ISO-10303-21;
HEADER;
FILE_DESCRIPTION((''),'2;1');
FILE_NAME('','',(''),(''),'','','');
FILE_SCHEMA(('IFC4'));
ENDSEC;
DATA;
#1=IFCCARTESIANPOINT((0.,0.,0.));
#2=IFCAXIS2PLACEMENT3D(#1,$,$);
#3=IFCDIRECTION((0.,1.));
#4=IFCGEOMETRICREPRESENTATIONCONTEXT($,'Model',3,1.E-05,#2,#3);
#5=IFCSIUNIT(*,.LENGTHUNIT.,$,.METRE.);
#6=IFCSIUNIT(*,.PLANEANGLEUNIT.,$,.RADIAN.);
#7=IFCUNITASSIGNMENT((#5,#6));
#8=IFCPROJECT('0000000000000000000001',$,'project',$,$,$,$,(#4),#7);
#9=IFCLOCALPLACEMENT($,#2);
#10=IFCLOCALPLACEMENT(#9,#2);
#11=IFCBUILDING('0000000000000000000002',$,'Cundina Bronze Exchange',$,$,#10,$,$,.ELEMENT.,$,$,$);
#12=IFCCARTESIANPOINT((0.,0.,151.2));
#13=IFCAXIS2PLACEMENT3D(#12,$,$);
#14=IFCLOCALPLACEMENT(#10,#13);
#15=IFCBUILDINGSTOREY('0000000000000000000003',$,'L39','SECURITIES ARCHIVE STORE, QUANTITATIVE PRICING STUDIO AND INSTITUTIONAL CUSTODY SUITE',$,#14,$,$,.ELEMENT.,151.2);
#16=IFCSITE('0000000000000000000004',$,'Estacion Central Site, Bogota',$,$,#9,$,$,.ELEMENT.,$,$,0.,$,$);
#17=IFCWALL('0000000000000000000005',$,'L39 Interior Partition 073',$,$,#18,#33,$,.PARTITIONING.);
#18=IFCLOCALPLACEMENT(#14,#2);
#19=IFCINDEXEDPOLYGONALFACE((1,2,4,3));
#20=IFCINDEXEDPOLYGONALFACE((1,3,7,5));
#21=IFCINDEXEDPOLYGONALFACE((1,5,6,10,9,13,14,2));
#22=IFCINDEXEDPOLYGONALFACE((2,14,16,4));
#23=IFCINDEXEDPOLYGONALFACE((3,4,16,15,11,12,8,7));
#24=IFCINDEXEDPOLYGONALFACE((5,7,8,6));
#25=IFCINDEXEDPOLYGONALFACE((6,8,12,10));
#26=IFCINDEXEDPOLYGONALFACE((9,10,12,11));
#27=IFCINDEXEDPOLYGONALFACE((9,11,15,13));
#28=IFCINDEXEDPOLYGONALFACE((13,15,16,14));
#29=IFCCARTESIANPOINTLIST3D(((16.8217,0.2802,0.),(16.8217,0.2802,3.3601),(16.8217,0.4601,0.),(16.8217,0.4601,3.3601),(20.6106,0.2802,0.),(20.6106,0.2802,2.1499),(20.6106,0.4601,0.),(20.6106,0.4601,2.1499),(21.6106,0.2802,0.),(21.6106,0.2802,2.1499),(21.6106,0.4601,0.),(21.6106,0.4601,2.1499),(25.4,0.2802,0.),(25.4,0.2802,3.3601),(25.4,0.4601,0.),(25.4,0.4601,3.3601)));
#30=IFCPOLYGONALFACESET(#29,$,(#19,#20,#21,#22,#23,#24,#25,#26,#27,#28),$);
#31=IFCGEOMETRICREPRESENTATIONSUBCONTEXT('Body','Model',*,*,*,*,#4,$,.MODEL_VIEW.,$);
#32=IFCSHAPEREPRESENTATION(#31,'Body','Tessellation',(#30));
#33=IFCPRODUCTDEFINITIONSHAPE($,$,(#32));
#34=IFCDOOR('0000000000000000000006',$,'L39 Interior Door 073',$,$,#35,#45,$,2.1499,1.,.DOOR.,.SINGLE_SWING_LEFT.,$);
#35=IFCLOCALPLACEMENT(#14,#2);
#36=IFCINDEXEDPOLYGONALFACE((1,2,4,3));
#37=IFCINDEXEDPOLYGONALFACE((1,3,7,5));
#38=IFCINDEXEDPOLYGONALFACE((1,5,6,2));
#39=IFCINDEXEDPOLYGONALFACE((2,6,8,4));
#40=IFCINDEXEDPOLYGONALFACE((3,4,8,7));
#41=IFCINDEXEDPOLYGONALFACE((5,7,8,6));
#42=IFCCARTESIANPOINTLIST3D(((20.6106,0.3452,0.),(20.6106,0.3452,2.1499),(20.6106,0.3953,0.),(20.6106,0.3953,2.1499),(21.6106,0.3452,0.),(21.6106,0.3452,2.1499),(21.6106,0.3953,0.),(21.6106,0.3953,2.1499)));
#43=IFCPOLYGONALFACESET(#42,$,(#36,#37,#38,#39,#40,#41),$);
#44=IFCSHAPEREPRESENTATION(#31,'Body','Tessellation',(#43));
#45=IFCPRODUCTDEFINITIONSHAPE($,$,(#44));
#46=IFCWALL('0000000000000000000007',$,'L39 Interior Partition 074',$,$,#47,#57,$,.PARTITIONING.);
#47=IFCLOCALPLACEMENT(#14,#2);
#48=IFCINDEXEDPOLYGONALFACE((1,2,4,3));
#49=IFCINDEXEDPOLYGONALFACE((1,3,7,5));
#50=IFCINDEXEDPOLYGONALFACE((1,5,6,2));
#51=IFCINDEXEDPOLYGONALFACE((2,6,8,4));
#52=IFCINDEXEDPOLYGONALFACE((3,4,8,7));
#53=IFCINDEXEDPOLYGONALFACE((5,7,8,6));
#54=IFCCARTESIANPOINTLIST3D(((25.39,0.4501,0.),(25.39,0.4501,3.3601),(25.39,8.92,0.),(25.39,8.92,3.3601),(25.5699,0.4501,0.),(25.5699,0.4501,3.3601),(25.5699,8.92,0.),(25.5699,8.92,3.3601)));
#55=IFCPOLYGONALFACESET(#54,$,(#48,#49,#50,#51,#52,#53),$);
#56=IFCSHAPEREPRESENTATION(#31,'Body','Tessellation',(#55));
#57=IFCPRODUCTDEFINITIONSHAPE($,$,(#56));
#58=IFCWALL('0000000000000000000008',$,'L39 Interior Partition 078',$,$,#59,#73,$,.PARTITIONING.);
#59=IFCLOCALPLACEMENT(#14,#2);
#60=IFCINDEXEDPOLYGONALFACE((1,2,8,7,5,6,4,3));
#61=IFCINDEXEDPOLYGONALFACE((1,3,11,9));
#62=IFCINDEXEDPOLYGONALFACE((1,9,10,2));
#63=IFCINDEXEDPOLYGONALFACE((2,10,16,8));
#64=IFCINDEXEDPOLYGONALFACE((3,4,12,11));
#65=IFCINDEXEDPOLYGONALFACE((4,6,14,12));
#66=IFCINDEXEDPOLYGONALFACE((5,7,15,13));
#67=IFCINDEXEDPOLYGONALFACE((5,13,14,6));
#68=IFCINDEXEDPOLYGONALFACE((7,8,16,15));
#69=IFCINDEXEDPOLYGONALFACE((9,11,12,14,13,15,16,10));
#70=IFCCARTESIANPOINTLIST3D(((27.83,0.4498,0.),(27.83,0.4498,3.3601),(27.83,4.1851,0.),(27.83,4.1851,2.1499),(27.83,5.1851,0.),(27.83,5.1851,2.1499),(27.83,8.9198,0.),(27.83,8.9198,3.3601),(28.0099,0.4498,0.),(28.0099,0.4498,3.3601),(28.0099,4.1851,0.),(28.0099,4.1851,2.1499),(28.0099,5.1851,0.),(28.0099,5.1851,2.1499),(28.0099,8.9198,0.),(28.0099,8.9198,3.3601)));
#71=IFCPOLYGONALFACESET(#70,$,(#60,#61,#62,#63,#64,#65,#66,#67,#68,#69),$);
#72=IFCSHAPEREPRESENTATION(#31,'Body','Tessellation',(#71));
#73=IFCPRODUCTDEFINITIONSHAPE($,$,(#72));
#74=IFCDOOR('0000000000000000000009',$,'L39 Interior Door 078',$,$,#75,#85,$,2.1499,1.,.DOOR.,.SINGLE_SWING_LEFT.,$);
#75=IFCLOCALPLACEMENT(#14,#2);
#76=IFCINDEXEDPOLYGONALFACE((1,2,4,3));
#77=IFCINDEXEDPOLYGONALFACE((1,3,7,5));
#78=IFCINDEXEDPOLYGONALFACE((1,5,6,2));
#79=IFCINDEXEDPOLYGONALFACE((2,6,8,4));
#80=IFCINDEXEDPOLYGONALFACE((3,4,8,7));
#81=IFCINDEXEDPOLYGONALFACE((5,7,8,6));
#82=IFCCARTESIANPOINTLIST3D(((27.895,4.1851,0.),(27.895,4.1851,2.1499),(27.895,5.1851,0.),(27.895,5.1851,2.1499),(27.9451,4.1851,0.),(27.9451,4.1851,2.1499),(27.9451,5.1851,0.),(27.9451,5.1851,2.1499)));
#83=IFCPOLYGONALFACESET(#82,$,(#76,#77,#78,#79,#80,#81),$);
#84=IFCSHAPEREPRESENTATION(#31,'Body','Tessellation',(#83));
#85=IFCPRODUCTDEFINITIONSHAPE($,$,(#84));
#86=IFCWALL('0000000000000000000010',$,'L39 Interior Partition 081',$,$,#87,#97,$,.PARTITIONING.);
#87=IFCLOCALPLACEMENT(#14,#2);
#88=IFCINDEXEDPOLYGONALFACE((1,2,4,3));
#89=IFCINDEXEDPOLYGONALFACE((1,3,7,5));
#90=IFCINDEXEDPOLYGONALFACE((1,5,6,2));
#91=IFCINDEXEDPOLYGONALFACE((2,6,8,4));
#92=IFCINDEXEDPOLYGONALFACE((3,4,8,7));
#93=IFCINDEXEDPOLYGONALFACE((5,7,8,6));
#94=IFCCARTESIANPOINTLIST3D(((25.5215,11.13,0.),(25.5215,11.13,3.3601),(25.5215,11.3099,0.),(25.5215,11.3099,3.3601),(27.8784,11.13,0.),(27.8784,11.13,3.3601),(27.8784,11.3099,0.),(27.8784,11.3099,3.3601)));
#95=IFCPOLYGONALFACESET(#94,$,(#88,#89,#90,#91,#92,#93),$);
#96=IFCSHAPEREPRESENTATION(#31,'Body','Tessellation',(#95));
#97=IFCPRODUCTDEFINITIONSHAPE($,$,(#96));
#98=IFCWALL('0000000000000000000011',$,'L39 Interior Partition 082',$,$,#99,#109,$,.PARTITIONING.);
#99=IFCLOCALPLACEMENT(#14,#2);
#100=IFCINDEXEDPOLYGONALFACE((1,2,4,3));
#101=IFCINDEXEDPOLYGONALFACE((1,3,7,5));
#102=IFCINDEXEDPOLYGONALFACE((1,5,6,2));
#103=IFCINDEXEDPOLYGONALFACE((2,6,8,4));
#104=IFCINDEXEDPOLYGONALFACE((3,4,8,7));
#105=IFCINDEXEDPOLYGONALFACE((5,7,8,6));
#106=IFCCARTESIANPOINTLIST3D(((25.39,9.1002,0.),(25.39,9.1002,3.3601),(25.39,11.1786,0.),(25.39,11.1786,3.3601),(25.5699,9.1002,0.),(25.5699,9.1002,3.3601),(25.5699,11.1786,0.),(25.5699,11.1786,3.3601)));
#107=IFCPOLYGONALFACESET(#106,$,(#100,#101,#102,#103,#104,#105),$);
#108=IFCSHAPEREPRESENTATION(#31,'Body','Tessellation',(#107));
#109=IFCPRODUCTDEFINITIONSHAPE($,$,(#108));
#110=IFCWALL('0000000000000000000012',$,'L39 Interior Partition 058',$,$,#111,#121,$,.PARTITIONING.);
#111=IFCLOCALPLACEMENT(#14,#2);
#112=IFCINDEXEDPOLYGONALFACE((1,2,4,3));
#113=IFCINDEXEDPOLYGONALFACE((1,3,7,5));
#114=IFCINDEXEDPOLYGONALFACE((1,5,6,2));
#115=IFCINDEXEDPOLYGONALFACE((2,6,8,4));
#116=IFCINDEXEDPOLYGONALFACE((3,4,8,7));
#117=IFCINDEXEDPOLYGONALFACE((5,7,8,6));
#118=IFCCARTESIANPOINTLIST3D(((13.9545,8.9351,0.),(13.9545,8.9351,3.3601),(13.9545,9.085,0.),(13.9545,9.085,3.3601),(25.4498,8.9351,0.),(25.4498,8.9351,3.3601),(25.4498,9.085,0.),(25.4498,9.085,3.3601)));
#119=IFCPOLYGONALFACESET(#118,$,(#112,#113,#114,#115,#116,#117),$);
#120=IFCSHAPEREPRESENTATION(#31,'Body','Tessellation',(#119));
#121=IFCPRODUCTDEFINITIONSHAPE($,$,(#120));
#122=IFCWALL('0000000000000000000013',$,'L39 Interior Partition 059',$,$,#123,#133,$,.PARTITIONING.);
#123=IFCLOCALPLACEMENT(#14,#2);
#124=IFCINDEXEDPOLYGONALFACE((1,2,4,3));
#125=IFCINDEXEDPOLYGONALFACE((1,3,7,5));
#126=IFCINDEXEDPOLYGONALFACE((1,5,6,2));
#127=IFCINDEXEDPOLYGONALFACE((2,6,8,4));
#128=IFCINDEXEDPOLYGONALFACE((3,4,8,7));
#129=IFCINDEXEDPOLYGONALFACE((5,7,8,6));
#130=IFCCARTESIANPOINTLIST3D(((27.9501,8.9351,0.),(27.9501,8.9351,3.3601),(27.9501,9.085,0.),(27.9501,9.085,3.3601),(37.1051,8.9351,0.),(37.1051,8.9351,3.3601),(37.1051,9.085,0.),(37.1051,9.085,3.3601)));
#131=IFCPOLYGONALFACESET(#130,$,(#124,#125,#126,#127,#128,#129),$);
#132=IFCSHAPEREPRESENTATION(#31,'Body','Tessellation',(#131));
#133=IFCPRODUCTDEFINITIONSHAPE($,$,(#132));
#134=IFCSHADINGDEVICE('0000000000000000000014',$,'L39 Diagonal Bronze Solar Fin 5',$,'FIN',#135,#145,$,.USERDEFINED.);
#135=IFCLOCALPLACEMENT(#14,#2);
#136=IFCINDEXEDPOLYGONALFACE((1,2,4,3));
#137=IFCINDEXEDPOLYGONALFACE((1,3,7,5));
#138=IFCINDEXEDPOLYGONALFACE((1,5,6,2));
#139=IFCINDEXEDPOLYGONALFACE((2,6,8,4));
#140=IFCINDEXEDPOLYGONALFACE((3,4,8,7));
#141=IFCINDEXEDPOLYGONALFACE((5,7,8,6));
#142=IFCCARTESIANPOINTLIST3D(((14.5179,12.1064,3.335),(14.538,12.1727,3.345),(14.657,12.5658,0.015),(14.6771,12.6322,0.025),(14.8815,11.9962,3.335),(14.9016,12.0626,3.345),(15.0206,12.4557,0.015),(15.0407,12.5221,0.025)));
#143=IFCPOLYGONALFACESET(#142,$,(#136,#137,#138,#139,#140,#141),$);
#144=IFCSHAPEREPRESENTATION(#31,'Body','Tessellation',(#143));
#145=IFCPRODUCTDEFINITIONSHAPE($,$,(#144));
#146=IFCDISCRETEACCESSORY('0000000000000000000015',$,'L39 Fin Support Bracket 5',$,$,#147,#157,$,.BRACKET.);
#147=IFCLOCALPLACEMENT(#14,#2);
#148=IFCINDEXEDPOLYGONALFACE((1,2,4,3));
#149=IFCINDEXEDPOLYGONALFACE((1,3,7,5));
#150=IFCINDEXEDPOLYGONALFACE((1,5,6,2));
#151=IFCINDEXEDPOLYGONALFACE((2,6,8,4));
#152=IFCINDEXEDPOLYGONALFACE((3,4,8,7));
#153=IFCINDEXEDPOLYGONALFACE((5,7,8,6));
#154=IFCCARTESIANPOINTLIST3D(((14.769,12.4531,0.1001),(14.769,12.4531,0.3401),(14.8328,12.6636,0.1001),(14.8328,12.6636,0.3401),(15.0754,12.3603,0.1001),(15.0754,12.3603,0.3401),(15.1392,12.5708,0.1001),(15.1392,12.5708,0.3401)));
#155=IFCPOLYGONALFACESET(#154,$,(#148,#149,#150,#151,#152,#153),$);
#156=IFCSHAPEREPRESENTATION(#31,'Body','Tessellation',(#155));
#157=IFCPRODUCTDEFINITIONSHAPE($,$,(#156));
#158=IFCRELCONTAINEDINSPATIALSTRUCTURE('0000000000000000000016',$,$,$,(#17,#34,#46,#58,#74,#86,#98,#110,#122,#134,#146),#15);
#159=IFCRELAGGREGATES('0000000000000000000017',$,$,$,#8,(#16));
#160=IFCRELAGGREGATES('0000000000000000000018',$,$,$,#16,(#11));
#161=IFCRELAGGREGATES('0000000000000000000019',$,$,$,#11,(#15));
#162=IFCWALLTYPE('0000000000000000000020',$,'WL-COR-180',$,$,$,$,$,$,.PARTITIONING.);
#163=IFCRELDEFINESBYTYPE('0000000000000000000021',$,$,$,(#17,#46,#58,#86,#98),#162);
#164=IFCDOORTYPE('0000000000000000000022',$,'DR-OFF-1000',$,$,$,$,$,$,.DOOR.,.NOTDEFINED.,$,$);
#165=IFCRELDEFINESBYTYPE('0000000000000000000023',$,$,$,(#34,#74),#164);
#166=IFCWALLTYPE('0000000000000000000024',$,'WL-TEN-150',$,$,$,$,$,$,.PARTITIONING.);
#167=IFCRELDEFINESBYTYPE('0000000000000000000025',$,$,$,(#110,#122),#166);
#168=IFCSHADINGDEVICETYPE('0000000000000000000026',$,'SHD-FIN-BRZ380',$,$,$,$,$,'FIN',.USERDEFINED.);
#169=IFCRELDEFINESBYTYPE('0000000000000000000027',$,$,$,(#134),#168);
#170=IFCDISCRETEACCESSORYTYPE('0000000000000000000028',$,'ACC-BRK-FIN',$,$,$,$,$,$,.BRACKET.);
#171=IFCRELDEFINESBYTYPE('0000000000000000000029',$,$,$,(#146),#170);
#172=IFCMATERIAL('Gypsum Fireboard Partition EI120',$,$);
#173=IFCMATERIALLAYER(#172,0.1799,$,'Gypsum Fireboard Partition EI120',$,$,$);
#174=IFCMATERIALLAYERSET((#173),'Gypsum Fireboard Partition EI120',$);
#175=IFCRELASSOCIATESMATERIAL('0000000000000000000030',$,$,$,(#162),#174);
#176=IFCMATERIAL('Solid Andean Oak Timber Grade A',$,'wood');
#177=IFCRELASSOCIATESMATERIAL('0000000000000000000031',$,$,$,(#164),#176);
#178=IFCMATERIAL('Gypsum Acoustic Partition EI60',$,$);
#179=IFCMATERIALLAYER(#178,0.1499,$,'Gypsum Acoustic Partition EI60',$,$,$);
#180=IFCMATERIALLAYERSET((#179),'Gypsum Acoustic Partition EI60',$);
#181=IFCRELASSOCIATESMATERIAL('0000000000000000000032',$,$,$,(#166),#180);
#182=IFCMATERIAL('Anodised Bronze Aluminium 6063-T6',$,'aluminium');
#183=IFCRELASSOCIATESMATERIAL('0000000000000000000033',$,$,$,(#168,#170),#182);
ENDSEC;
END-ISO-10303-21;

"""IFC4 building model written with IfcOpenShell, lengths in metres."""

from ifc_helpers import new_model, si_unit, direction, frame, frame_2d, origin, origin_2d, place, context, subcontext, project, spatial, rectangle, extrude, material, layer, layer_set, material_profile, profile_set, type_object, element, fill, save


model = new_model("IFC4")

# Units and contexts
model_context = context("Model", 3, precision=1e-05, world=origin(), true_north=direction((0.0, 1.0)))
body_context = subcontext(model_context, "Body", "Model", "MODEL_VIEW")
ifc_project = project(units=[si_unit("LENGTHUNIT", "METRE"), si_unit("PLANEANGLEUNIT", "RADIAN")], contexts=[model_context])

# Site, building, storey
site_placement = place(None, origin())
site = spatial("IfcSite", under=ifc_project, at=site_placement, Name="Estacion Central Site, Bogota", CompositionType="ELEMENT", RefElevation=0.0)
building_placement = place(site_placement, origin())
building = spatial("IfcBuilding", under=site, at=building_placement, Name="Cundina Bronze Exchange", CompositionType="ELEMENT")
storey_placement = place(building_placement, frame((0.0, 0.0, 151.2)))
storey = spatial("IfcBuildingStorey", under=building, at=storey_placement, Name="L39", Description="SECURITIES ARCHIVE STORE, QUANTITATIVE PRICING STUDIO AND INSTITUTIONAL CUSTODY SUITE", CompositionType="ELEMENT", Elevation=151.2)

# Shared definitions
ifc_material_1 = material(Name="Anodised Bronze Aluminium 6063-T6", Category="aluminium")

# Wall, opening, door
ifc_material_2 = material(Name="Gypsum Fireboard Partition EI120")
ifc_layer_1 = layer(ifc_material_2, 0.1799, Name="Gypsum Fireboard Partition EI120")
ifc_layer_set_1 = layer_set([ifc_layer_1], Name="Gypsum Fireboard Partition EI120")
wall_type_1 = type_object("IfcWallType", Name="WL-COR-180", PredefinedType="PARTITIONING", material=ifc_layer_set_1)
wall_1_placement = place(storey_placement, frame((25.3999, 0.3701, 0.0), z_axis=(0.0, 0.0, 1.0), x_axis=(-1.0, 0.0, 0.0)))
wall_1 = element("IfcWall", 1, at=wall_1_placement, inside=storey, type_object=wall_type_1, Name="L39 Interior Partition 073", PredefinedType="PARTITIONING", context=body_context, shape_type="SweptSolid", body=[
    extrude(rectangle(XDim=8.5784, YDim=0.1799, at=frame_2d((4.2891, 0.0))), origin(), (0.0, 0.0, 1.0), 3.3601),
])
opening_1_placement = place(wall_1_placement, frame((3.7893, 0.0, 0.0)))
opening_1 = element("IfcOpeningElement", 2, at=opening_1_placement, cuts=wall_1, PredefinedType="OPENING", context=body_context, shape_type="SweptSolid", body=[
    extrude(rectangle(XDim=1.0, YDim=2.1499, at=frame_2d((0.5, 1.075))), frame((0.0, 0.0999, 0.0), z_axis=(0.0, -1.0, 0.0), x_axis=(1.0, 0.0, 0.0)), (0.0, 0.0, 1.0), 0.2),
])
ifc_material_3 = material(Name="Solid Andean Oak Timber Grade A", Category="wood")
door_type = type_object("IfcDoorType", Name="DR-OFF-1000", OperationType="NOTDEFINED", PredefinedType="DOOR", material=ifc_material_3)
door_1_placement = place(opening_1_placement, origin())
door_1 = element("IfcDoor", 3, at=door_1_placement, inside=storey, type_object=door_type, Name="L39 Interior Door 073", OperationType="SINGLE_SWING_LEFT", OverallHeight=2.1499, OverallWidth=1.0, PredefinedType="DOOR", context=body_context, shape_type="SweptSolid", body=[
    extrude(rectangle(XDim=1.0, YDim=2.1499, at=frame_2d((0.5, 1.075))), frame((0.0, 0.0249, 0.0), z_axis=(0.0, -1.0, 0.0), x_axis=(1.0, 0.0, 0.0)), (0.0, 0.0, 1.0), 0.05),
])
fill(opening_1, door_1)

# Wall
wall_2_placement = place(storey_placement, frame((25.48, 8.9199, 0.0), z_axis=(0.0, 0.0, 1.0), x_axis=(0.0, -1.0, 0.0)))
element("IfcWall", 4, at=wall_2_placement, inside=storey, type_object=wall_type_1, Name="L39 Interior Partition 074", PredefinedType="PARTITIONING", context=body_context, shape_type="SweptSolid", body=[
    extrude(rectangle(XDim=8.47, YDim=0.1799, at=frame_2d((4.2349, 0.0))), origin(), (0.0, 0.0, 1.0), 3.3601),
])

# Wall, opening, door
wall_3_placement = place(storey_placement, frame((27.9199, 0.45, 0.0), z_axis=(0.0, 0.0, 1.0), x_axis=(0.0, 1.0, 0.0)))
wall_3 = element("IfcWall", 5, at=wall_3_placement, inside=storey, type_object=wall_type_1, Name="L39 Interior Partition 078", PredefinedType="PARTITIONING", context=body_context, shape_type="SweptSolid", body=[
    extrude(rectangle(XDim=8.47, YDim=0.1799, at=frame_2d((4.2349, 0.0))), origin(), (0.0, 0.0, 1.0), 3.3601),
])
opening_2_placement = place(wall_3_placement, frame((3.7351, 0.0, 0.0)))
opening_2 = element("IfcOpeningElement", 6, at=opening_2_placement, cuts=wall_3, PredefinedType="OPENING", context=body_context, shape_type="SweptSolid", body=[
    extrude(rectangle(XDim=1.0, YDim=2.1499, at=frame_2d((0.5, 1.075))), frame((0.0, 0.0999, 0.0), z_axis=(0.0, -1.0, 0.0), x_axis=(1.0, 0.0, 0.0)), (0.0, 0.0, 1.0), 0.2),
])
door_2_placement = place(opening_2_placement, origin())
door_2 = element("IfcDoor", 7, at=door_2_placement, inside=storey, type_object=door_type, Name="L39 Interior Door 078", OperationType="SINGLE_SWING_LEFT", OverallHeight=2.1499, OverallWidth=1.0, PredefinedType="DOOR", context=body_context, shape_type="SweptSolid", body=[
    extrude(rectangle(XDim=1.0, YDim=2.1499, at=frame_2d((0.5, 1.075))), frame((0.0, 0.0249, 0.0), z_axis=(0.0, -1.0, 0.0), x_axis=(1.0, 0.0, 0.0)), (0.0, 0.0, 1.0), 0.05),
])
fill(opening_2, door_2)

# Walls
wall_4_placement = place(storey_placement, frame((27.8784, 11.22, 0.0), z_axis=(0.0, 0.0, 1.0), x_axis=(-1.0, 0.0, 0.0)))
element("IfcWall", 8, at=wall_4_placement, inside=storey, type_object=wall_type_1, Name="L39 Interior Partition 081", PredefinedType="PARTITIONING", context=body_context, shape_type="SweptSolid", body=[
    extrude(rectangle(XDim=2.3569, YDim=0.1799, at=frame_2d((1.1785, 0.0))), origin(), (0.0, 0.0, 1.0), 3.3601),
])
wall_5_placement = place(storey_placement, frame((25.48, 11.1785, 0.0), z_axis=(0.0, 0.0, 1.0), x_axis=(0.0, -1.0, 0.0)))
element("IfcWall", 9, at=wall_5_placement, inside=storey, type_object=wall_type_1, Name="L39 Interior Partition 082", PredefinedType="PARTITIONING", context=body_context, shape_type="SweptSolid", body=[
    extrude(rectangle(XDim=2.0784, YDim=0.1799, at=frame_2d((1.0391, 0.0))), origin(), (0.0, 0.0, 1.0), 3.3601),
])

# Walls
ifc_material_4 = material(Name="Gypsum Acoustic Partition EI60")
ifc_layer_2 = layer(ifc_material_4, 0.1499, Name="Gypsum Acoustic Partition EI60")
ifc_layer_set_2 = layer_set([ifc_layer_2], Name="Gypsum Acoustic Partition EI60")
wall_type_2 = type_object("IfcWallType", Name="WL-TEN-150", PredefinedType="PARTITIONING", material=ifc_layer_set_2)
wall_6_placement = place(storey_placement, frame((13.9546, 9.01, 0.0), z_axis=(0.0, 0.0, 1.0), x_axis=(1.0, 0.0, 0.0)))
element("IfcWall", 10, at=wall_6_placement, inside=storey, type_object=wall_type_2, Name="L39 Interior Partition 058", PredefinedType="PARTITIONING", context=body_context, shape_type="SweptSolid", body=[
    extrude(rectangle(XDim=11.4954, YDim=0.1499, at=frame_2d((5.7476, 0.0))), origin(), (0.0, 0.0, 1.0), 3.3601),
])
wall_7_placement = place(storey_placement, frame((27.95, 9.01, 0.0), z_axis=(0.0, 0.0, 1.0), x_axis=(1.0, 0.0, 0.0)))
element("IfcWall", 11, at=wall_7_placement, inside=storey, type_object=wall_type_2, Name="L39 Interior Partition 059", PredefinedType="PARTITIONING", context=body_context, shape_type="SweptSolid", body=[
    extrude(rectangle(XDim=9.155, YDim=0.1499, at=frame_2d((4.5776, 0.0))), origin(), (0.0, 0.0, 1.0), 3.3601),
])

# Shading device
ifc_material_profile_1 = material_profile(ifc_material_1, rectangle(XDim=0.0701, YDim=0.3799, at=origin_2d()), Name="FIN70X380", Category="aluminium")
ifc_profile_set_1 = profile_set([ifc_material_profile_1], Name="Anodised Bronze Aluminium 6063-T6")
shading_device_type = type_object("IfcShadingDeviceType", Name="SHD-FIN-BRZ380", ElementType="FIN", PredefinedType="USERDEFINED", material=ifc_profile_set_1)
shading_device_placement = place(storey_placement, frame((14.8489, 12.5439, 0.02), z_axis=(-0.041483, -0.136968, 0.989706), x_axis=(0.286883, 0.947216, 0.143112)))
element("IfcShadingDevice", 12, at=shading_device_placement, inside=storey, type_object=shading_device_type, Name="L39 Diagonal Bronze Solar Fin 5", ObjectType="FIN", PredefinedType="USERDEFINED", context=body_context, shape_type="SweptSolid", body=[
    extrude(rectangle(XDim=0.0701, YDim=0.3799, at=origin_2d()), origin(), (0.0, 0.0, 1.0), 3.3545),
])

# Discrete accessory
discrete_accessory_type = type_object("IfcDiscreteAccessoryType", Name="ACC-BRK-FIN", PredefinedType="BRACKET", material=ifc_material_1)
discrete_accessory_placement = place(storey_placement, frame((14.9541, 12.512, 0.1001), z_axis=(0.0, 0.0, 1.0), x_axis=(-0.290051, -0.957011, 0.0)))
element("IfcDiscreteAccessory", 13, at=discrete_accessory_placement, inside=storey, type_object=discrete_accessory_type, Name="L39 Fin Support Bracket 5", PredefinedType="BRACKET", context=body_context, shape_type="SweptSolid", body=[
    extrude(rectangle(XDim=0.22, YDim=0.3201, at=origin_2d()), origin(), (0.0, 0.0, 1.0), 0.24),
])

save(model, "model.ifc")
